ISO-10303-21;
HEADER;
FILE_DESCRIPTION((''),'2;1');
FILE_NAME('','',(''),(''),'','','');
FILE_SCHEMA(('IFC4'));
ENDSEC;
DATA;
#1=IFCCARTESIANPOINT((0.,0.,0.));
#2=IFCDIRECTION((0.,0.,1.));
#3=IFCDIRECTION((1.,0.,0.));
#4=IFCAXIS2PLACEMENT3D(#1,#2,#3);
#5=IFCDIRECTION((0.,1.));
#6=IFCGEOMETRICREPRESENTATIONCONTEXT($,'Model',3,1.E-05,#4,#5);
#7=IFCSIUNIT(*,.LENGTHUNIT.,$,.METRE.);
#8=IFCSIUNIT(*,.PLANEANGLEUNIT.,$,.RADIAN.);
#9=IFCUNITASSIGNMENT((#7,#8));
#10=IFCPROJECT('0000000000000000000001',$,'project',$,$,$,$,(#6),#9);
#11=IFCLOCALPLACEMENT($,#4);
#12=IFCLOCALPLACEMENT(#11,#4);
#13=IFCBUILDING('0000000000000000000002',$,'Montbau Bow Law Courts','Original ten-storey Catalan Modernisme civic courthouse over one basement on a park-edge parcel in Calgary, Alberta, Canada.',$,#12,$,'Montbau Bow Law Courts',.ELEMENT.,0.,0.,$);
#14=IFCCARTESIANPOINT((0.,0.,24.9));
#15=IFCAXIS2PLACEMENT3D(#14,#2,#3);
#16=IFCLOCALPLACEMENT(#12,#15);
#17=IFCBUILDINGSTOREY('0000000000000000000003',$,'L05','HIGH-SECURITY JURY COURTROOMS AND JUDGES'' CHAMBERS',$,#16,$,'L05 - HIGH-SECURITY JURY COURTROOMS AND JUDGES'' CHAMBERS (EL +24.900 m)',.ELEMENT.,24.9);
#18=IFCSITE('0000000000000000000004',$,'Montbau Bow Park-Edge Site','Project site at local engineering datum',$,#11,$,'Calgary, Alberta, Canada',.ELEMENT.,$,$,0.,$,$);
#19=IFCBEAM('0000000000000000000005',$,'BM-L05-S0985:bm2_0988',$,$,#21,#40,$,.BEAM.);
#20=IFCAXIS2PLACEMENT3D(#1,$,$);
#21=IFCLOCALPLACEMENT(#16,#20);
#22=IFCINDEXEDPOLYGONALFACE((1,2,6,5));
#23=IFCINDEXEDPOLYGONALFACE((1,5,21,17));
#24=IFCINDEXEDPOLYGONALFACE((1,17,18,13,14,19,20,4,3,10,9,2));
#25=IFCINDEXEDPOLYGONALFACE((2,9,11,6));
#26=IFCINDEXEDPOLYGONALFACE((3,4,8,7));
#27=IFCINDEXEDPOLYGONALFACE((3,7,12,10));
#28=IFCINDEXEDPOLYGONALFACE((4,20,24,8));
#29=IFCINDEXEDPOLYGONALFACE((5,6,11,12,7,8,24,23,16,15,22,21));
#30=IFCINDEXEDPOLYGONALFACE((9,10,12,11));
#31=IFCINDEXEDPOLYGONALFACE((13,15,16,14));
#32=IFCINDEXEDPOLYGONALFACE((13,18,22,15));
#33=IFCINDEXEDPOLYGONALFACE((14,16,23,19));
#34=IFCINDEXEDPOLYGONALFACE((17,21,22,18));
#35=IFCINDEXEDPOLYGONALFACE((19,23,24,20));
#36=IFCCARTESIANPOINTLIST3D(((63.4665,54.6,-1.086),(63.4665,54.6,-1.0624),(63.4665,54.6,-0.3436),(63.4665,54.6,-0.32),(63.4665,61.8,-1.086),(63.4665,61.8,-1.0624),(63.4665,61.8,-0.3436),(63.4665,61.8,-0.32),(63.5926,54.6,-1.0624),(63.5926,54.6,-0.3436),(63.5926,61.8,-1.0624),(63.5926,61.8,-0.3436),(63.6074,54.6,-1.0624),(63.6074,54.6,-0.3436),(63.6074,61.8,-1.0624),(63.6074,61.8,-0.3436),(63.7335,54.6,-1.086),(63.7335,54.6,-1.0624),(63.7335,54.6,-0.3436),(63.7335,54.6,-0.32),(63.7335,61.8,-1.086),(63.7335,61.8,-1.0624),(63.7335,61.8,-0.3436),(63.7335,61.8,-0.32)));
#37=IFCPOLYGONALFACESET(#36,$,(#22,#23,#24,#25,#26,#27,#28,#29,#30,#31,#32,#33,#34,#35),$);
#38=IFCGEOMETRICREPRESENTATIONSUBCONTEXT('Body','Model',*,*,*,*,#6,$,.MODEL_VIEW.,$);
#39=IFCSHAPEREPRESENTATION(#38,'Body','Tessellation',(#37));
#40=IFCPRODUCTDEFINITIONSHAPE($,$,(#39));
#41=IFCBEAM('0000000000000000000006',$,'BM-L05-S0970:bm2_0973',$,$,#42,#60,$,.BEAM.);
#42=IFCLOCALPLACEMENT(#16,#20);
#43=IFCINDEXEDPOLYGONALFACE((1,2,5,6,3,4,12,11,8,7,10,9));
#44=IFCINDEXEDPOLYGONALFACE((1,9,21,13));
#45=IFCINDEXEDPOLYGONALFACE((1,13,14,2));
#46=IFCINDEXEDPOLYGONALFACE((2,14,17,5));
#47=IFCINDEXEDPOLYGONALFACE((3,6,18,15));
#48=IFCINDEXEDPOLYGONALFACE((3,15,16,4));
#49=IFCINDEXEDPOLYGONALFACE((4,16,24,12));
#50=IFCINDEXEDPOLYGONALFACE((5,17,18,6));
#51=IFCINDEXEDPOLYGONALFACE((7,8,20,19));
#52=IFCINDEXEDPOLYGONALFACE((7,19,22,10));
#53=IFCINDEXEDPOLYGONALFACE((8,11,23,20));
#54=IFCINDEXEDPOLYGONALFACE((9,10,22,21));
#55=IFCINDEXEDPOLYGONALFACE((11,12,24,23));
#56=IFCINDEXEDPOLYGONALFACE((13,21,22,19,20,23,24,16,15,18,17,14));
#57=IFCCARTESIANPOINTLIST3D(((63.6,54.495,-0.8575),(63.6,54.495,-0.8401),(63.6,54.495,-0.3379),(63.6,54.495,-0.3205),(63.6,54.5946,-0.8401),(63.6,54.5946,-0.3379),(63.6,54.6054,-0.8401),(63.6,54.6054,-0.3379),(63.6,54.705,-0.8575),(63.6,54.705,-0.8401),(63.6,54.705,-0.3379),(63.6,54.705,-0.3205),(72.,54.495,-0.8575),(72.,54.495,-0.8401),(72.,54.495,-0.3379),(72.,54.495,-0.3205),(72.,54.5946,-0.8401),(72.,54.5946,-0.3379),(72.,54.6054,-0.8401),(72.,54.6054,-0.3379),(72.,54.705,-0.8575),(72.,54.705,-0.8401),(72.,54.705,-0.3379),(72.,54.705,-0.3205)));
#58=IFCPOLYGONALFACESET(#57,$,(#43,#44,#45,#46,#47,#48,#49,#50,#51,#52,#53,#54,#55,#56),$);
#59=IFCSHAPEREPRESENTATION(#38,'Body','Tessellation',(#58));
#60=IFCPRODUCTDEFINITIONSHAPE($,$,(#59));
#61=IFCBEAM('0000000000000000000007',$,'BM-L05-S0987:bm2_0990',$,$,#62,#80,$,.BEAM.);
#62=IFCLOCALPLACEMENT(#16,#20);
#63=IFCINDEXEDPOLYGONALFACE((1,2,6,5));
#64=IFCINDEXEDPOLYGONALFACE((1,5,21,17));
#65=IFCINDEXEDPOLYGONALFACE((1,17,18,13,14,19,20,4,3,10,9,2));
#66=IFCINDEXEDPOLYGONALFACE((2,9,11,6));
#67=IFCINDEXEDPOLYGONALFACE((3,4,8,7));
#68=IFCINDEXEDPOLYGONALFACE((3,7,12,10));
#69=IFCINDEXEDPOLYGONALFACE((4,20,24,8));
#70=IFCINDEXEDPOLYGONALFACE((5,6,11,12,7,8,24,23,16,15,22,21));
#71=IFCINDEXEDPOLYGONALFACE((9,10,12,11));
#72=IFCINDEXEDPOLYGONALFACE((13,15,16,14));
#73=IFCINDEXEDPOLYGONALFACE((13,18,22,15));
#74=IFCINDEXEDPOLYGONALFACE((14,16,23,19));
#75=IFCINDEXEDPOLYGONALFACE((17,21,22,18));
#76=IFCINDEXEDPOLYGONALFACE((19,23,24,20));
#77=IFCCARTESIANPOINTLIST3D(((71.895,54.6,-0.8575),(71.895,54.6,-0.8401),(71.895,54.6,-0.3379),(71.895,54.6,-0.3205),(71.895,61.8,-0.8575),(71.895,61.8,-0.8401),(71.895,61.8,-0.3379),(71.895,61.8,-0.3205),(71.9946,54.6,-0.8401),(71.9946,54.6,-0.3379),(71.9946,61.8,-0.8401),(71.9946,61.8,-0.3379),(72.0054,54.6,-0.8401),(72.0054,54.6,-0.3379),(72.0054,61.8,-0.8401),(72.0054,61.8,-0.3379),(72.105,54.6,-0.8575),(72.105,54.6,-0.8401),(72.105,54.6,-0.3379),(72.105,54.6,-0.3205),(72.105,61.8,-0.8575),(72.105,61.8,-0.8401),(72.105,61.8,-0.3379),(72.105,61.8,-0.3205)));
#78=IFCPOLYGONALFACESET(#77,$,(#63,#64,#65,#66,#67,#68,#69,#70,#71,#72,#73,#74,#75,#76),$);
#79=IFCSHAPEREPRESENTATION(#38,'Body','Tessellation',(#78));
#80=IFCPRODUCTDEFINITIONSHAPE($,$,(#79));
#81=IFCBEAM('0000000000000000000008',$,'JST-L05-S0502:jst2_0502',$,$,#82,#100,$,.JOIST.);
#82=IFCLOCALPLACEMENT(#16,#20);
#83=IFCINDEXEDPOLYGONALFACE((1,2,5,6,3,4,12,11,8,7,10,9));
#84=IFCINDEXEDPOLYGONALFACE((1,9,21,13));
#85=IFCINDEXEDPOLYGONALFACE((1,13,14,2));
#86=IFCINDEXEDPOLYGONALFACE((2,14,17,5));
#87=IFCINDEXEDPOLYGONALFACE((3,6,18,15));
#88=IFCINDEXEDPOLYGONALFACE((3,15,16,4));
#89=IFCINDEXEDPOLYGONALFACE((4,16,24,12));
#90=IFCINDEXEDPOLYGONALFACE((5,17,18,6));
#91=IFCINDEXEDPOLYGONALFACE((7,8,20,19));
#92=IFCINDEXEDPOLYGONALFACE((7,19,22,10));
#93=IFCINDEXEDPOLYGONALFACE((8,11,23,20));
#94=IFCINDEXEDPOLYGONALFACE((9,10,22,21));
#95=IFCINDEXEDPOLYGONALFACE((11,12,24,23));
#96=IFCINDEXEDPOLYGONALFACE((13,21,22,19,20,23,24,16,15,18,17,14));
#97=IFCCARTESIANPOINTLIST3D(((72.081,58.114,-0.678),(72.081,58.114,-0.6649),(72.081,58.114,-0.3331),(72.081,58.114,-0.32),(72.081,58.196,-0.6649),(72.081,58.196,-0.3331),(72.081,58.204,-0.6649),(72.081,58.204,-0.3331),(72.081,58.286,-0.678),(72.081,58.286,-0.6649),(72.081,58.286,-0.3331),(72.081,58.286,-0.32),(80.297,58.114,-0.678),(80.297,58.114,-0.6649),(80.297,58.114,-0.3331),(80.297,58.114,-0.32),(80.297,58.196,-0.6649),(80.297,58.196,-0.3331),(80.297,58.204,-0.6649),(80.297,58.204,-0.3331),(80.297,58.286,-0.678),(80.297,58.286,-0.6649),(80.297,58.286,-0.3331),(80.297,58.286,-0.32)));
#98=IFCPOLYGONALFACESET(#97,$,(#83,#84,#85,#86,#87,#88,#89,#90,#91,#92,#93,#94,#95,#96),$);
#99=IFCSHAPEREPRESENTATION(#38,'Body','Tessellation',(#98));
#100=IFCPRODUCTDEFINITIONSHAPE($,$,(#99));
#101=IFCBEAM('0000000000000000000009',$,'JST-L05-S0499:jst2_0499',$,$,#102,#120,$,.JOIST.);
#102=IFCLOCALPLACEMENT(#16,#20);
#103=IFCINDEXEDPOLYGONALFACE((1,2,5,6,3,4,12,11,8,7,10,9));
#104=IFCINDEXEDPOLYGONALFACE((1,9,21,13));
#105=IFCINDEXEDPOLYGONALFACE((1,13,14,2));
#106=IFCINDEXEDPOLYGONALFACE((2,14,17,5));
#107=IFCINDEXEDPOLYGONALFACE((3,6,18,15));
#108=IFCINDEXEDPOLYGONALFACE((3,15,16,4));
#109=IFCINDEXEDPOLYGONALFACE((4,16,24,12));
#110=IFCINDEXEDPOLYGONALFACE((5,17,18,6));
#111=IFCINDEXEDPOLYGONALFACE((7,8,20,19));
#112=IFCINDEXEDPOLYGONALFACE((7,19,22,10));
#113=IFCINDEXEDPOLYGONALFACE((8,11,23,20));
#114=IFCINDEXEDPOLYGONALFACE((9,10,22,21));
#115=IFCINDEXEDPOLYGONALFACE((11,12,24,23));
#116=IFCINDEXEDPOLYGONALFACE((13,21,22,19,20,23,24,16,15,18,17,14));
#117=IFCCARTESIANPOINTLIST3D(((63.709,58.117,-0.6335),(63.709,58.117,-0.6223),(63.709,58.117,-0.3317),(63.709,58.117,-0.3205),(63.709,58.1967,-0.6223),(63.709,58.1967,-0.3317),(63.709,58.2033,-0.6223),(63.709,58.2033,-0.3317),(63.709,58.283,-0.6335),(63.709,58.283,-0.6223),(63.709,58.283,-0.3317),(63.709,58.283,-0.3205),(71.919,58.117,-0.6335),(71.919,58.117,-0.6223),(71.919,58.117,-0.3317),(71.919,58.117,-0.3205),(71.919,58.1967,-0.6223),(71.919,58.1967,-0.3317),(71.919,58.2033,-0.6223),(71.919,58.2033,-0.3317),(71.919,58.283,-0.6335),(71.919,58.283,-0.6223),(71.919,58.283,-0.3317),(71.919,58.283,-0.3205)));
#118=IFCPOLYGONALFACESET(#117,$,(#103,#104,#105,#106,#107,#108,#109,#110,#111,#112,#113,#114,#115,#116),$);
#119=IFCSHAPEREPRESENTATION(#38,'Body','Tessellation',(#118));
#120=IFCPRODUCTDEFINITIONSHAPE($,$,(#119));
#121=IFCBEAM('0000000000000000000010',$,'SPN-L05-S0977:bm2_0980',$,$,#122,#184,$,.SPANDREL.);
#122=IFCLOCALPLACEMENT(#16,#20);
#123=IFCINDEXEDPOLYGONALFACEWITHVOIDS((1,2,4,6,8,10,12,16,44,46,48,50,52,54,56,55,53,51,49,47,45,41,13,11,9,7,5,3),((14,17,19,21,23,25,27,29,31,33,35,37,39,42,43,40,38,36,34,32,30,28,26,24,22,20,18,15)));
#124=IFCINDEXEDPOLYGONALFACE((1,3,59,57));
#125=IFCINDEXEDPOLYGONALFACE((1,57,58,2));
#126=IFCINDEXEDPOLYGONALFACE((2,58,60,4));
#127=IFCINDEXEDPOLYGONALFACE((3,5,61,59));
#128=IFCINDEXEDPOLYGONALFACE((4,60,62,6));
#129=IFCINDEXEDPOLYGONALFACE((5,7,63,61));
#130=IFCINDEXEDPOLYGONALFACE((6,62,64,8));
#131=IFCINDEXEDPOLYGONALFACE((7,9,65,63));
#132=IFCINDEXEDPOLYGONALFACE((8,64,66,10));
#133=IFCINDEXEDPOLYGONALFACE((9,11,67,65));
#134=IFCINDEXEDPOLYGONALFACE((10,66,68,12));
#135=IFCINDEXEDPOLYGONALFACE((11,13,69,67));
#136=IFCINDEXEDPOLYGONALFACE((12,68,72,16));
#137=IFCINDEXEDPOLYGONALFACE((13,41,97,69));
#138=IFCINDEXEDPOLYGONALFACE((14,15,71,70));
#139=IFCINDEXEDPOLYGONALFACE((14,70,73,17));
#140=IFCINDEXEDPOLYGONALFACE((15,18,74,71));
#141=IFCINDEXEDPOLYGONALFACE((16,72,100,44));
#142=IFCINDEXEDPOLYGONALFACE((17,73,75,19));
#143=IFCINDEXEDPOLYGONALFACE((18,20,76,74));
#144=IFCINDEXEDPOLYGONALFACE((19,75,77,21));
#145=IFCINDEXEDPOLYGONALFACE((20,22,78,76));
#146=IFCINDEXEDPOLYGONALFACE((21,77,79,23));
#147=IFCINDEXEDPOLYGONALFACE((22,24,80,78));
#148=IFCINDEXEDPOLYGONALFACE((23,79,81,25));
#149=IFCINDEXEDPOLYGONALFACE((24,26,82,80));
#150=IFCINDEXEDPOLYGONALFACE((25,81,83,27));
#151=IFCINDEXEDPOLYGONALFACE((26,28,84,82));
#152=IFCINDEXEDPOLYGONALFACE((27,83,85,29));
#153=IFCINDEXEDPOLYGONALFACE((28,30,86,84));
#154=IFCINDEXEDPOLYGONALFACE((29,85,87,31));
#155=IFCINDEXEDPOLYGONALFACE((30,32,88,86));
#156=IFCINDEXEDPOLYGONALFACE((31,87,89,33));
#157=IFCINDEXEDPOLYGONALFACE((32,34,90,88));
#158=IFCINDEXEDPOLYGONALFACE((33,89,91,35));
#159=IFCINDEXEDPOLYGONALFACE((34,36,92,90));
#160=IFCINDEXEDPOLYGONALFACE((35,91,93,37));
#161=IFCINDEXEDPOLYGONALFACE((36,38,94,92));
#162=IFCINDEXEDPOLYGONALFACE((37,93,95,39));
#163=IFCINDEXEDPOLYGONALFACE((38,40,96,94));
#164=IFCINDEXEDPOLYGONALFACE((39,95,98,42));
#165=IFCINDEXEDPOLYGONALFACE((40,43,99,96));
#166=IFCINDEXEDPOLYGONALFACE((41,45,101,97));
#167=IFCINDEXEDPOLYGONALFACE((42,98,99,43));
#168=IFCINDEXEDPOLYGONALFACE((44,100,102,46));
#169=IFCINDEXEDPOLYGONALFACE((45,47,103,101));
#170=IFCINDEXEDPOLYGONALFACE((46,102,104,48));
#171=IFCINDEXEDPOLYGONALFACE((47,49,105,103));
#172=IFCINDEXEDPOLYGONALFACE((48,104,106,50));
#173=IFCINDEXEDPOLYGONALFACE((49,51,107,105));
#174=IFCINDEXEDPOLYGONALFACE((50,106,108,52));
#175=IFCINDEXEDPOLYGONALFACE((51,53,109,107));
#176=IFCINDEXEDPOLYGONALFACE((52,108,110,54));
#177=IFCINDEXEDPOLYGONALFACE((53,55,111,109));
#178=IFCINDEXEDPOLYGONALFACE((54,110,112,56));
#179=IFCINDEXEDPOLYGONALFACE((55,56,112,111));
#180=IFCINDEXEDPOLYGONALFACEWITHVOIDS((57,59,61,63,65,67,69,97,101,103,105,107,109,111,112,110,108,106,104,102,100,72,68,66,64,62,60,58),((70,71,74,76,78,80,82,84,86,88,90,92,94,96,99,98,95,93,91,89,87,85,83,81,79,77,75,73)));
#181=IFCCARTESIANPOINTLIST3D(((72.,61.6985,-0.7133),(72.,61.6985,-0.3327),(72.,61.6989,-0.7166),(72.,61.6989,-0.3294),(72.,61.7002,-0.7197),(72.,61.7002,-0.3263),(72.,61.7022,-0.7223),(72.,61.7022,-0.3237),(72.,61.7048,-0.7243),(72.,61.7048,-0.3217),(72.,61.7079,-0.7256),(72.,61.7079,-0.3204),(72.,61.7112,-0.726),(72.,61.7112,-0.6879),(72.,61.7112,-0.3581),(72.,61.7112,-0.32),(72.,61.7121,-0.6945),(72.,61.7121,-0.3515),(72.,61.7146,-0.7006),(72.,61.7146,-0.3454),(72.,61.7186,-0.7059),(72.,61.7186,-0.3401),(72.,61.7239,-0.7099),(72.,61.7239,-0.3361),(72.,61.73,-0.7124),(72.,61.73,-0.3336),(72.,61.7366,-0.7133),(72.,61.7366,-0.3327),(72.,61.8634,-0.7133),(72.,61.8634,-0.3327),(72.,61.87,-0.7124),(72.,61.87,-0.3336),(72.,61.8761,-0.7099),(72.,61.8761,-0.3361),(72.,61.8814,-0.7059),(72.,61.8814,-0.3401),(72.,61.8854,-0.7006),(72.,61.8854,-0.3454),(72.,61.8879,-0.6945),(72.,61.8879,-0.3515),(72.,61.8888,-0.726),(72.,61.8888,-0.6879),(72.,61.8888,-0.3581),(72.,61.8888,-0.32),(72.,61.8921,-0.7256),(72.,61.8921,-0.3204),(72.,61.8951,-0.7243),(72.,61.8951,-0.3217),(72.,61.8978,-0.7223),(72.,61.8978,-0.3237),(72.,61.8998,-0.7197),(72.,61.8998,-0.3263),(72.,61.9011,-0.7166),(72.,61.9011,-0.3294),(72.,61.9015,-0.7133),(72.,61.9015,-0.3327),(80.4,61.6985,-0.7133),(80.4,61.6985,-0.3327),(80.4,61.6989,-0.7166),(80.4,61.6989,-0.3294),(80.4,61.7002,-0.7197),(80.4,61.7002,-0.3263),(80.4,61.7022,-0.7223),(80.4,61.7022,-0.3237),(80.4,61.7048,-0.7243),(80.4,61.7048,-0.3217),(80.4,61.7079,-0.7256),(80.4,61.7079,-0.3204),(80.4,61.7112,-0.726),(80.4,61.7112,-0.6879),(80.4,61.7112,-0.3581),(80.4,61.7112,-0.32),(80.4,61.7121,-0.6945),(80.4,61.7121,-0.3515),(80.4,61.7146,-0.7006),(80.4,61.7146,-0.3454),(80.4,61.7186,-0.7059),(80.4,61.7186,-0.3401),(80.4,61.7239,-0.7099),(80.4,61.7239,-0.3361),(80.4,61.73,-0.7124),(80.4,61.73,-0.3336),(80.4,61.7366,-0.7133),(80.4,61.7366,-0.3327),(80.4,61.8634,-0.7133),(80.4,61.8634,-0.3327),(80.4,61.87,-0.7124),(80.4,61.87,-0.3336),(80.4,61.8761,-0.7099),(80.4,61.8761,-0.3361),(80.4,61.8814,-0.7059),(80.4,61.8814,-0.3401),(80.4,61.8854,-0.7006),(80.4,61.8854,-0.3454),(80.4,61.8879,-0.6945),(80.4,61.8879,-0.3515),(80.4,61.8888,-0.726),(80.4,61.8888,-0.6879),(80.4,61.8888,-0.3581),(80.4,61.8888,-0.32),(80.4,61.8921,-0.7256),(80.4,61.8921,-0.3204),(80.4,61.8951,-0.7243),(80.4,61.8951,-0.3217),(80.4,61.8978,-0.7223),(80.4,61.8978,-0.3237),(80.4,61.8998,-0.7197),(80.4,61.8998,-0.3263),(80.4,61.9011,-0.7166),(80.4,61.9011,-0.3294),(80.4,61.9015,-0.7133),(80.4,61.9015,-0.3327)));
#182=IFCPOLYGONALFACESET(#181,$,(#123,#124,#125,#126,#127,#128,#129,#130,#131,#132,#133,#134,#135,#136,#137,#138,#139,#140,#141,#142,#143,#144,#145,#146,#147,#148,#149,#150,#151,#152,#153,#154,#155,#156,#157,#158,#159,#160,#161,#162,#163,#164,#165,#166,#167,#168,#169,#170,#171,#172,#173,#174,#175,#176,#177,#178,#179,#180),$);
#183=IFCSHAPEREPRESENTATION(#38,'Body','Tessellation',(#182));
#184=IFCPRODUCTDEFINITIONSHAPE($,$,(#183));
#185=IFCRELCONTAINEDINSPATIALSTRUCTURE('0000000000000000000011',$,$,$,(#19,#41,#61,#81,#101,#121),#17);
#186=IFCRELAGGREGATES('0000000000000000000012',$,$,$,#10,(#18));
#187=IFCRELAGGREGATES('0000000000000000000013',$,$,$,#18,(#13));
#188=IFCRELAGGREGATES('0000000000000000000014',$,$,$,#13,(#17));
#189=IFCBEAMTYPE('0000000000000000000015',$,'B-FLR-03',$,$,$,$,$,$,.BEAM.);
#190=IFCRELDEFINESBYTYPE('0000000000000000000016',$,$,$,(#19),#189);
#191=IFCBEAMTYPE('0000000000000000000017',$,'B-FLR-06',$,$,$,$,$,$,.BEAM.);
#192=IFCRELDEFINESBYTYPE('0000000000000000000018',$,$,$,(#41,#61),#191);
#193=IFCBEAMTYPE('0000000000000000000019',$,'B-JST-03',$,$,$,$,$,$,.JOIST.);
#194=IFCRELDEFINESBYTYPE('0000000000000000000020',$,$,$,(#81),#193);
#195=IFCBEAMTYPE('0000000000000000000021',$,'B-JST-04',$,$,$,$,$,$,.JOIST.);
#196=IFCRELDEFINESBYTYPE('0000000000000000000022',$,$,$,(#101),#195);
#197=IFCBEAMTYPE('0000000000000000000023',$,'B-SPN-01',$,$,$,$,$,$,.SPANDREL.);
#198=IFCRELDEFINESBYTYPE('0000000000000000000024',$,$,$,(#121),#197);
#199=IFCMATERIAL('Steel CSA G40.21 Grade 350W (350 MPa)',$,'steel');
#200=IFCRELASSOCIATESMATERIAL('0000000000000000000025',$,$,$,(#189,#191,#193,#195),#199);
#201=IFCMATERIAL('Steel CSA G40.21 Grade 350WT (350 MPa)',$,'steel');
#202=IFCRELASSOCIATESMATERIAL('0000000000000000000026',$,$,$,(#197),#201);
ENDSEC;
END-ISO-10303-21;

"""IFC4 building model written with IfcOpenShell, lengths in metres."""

from ifc_helpers import new_model, si_unit, direction, frame, origin_with_axes, origin_2d_with_axis, place, context, subcontext, project, spatial, hollow_rectangle, i_section, extrude, material, material_profile, profile_set, type_object, element, save


model = new_model("IFC4")

# Units and contexts
model_context = context("Model", 3, precision=1e-05, world=origin_with_axes(), true_north=direction((0.0, 1.0)))
body_context = subcontext(model_context, "Body", "Model", "MODEL_VIEW")
ifc_project = project(units=[si_unit("LENGTHUNIT", "METRE"), si_unit("PLANEANGLEUNIT", "RADIAN")], contexts=[model_context])

# Site, building, storey
site_placement = place(None, origin_with_axes())
site = spatial("IfcSite", under=ifc_project, at=site_placement, Name="Montbau Bow Park-Edge Site", Description="Project site at local engineering datum", LongName="Calgary, Alberta, Canada", CompositionType="ELEMENT", RefElevation=0.0)
building_placement = place(site_placement, origin_with_axes())
building = spatial("IfcBuilding", under=site, at=building_placement, Name="Montbau Bow Law Courts", Description="Original ten-storey Catalan Modernisme civic courthouse over one basement on a park-edge parcel in Calgary, Alberta, Canada.", LongName="Montbau Bow Law Courts", CompositionType="ELEMENT", ElevationOfRefHeight=0.0, ElevationOfTerrain=0.0)
storey_placement = place(building_placement, frame((0.0, 0.0, 24.9), z_axis=(0.0, 0.0, 1.0), x_axis=(1.0, 0.0, 0.0)))
storey = spatial("IfcBuildingStorey", under=building, at=storey_placement, Name="L05", Description="HIGH-SECURITY JURY COURTROOMS AND JUDGES' CHAMBERS", LongName="L05 - HIGH-SECURITY JURY COURTROOMS AND JUDGES' CHAMBERS (EL +24.900 m)", CompositionType="ELEMENT", Elevation=24.9)

# Shared definitions
ifc_material_1 = material(Name="Steel CSA G40.21 Grade 350WT (350 MPa)", Category="steel")
ifc_material_2 = material(Name="Steel CSA G40.21 Grade 350W (350 MPa)", Category="steel")

# Beams
ifc_material_profile_1 = material_profile(ifc_material_2, i_section(OverallWidth=0.267, OverallDepth=0.766, WebThickness=0.0149, FlangeThickness=0.0236, at=origin_2d_with_axis()), Name="W760X185", Category="Main", Priority=0)
ifc_profile_set_1 = profile_set([ifc_material_profile_1], Name="Steel CSA G40.21 Grade 350W (350 MPa)")
beam_type_1 = type_object("IfcBeamType", Name="B-FLR-03", PredefinedType="BEAM", material=ifc_profile_set_1)
beam_1_placement = place(None, frame((63.6, 54.6, 24.197), z_axis=(0.0, 1.0, 0.0), x_axis=(-1.0, 0.0, 0.0)))
element("IfcBeam", 1, at=beam_1_placement, inside=storey, type_object=beam_type_1, Name="BM-L05-S0985:bm2_0988", PredefinedType="BEAM", context=body_context, shape_type="SweptSolid", body=[
    extrude(i_section(OverallWidth=0.267, OverallDepth=0.766, WebThickness=0.0149, FlangeThickness=0.0236, at=origin_2d_with_axis()), origin_with_axes(), (0.0, 0.0, 1.0), 7.2),
])
ifc_material_profile_2 = material_profile(ifc_material_2, i_section(OverallWidth=0.21, OverallDepth=0.537, WebThickness=0.0109, FlangeThickness=0.0174, at=origin_2d_with_axis()), Name="W530X101", Category="Main", Priority=0)
ifc_profile_set_2 = profile_set([ifc_material_profile_2], Name="Steel CSA G40.21 Grade 350W (350 MPa)")
beam_type_2 = type_object("IfcBeamType", Name="B-FLR-06", PredefinedType="BEAM", material=ifc_profile_set_2)
beam_2_placement = place(None, frame((63.6, 54.6, 24.311), z_axis=(1.0, 0.0, 0.0), x_axis=(0.0, 1.0, 0.0)))
element("IfcBeam", 2, at=beam_2_placement, inside=storey, type_object=beam_type_2, Name="BM-L05-S0970:bm2_0973", PredefinedType="BEAM", context=body_context, shape_type="SweptSolid", body=[
    extrude(i_section(OverallWidth=0.21, OverallDepth=0.537, WebThickness=0.0109, FlangeThickness=0.0174, at=origin_2d_with_axis()), origin_with_axes(), (0.0, 0.0, 1.0), 8.4),
])
beam_3_placement = place(None, frame((72.0, 54.6, 24.311), z_axis=(0.0, 1.0, 0.0), x_axis=(-1.0, 0.0, 0.0)))
element("IfcBeam", 3, at=beam_3_placement, inside=storey, type_object=beam_type_2, Name="BM-L05-S0987:bm2_0990", PredefinedType="BEAM", context=body_context, shape_type="SweptSolid", body=[
    extrude(i_section(OverallWidth=0.21, OverallDepth=0.537, WebThickness=0.0109, FlangeThickness=0.0174, at=origin_2d_with_axis()), origin_with_axes(), (0.0, 0.0, 1.0), 7.2),
])
ifc_material_profile_3 = material_profile(ifc_material_2, i_section(OverallWidth=0.172, OverallDepth=0.358, WebThickness=0.0079, FlangeThickness=0.0131, at=origin_2d_with_axis()), Name="W360X57", Category="Main", Priority=0)
ifc_profile_set_3 = profile_set([ifc_material_profile_3], Name="Steel CSA G40.21 Grade 350W (350 MPa)")
beam_type_3 = type_object("IfcBeamType", Name="B-JST-03", PredefinedType="JOIST", material=ifc_profile_set_3)
beam_4_placement = place(None, frame((72.081, 58.2, 24.401), z_axis=(1.0, 0.0, 0.0), x_axis=(0.0, 1.0, 0.0)))
element("IfcBeam", 4, at=beam_4_placement, inside=storey, type_object=beam_type_3, Name="JST-L05-S0502:jst2_0502", PredefinedType="JOIST", context=body_context, shape_type="SweptSolid", body=[
    extrude(i_section(OverallWidth=0.172, OverallDepth=0.358, WebThickness=0.0079, FlangeThickness=0.0131, at=origin_2d_with_axis()), origin_with_axes(), (0.0, 0.0, 1.0), 8.216),
])
ifc_material_profile_4 = material_profile(ifc_material_2, i_section(OverallWidth=0.166, OverallDepth=0.313, WebThickness=0.0066, FlangeThickness=0.0112, at=origin_2d_with_axis()), Name="W310X45", Category="Main", Priority=0)
ifc_profile_set_4 = profile_set([ifc_material_profile_4], Name="Steel CSA G40.21 Grade 350W (350 MPa)")
beam_type_4 = type_object("IfcBeamType", Name="B-JST-04", PredefinedType="JOIST", material=ifc_profile_set_4)
beam_5_placement = place(None, frame((63.709, 58.2, 24.423), z_axis=(1.0, 0.0, 0.0), x_axis=(0.0, 1.0, 0.0)))
element("IfcBeam", 5, at=beam_5_placement, inside=storey, type_object=beam_type_4, Name="JST-L05-S0499:jst2_0499", PredefinedType="JOIST", context=body_context, shape_type="SweptSolid", body=[
    extrude(i_section(OverallWidth=0.166, OverallDepth=0.313, WebThickness=0.0066, FlangeThickness=0.0112, at=origin_2d_with_axis()), origin_with_axes(), (0.0, 0.0, 1.0), 8.21),
])
ifc_material_profile_5 = material_profile(ifc_material_1, hollow_rectangle(XDim=0.203, YDim=0.406, WallThickness=0.0127, InnerFilletRadius=0.0254, OuterFilletRadius=0.0127, at=origin_2d_with_axis()), Name="HSS406X203X13", Category="Main", Priority=0)
ifc_profile_set_5 = profile_set([ifc_material_profile_5], Name="Steel CSA G40.21 Grade 350WT (350 MPa)")
beam_type_5 = type_object("IfcBeamType", Name="B-SPN-01", PredefinedType="SPANDREL", material=ifc_profile_set_5)
beam_6_placement = place(None, frame((72.0, 61.8, 24.377), z_axis=(1.0, 0.0, 0.0), x_axis=(0.0, 1.0, 0.0)))
element("IfcBeam", 6, at=beam_6_placement, inside=storey, type_object=beam_type_5, Name="SPN-L05-S0977:bm2_0980", PredefinedType="SPANDREL", context=body_context, shape_type="SweptSolid", body=[
    extrude(hollow_rectangle(XDim=0.203, YDim=0.406, WallThickness=0.0127, InnerFilletRadius=0.0254, OuterFilletRadius=0.0127, at=origin_2d_with_axis()), origin_with_axes(), (0.0, 0.0, 1.0), 8.4),
])

save(model, "model.ifc")
